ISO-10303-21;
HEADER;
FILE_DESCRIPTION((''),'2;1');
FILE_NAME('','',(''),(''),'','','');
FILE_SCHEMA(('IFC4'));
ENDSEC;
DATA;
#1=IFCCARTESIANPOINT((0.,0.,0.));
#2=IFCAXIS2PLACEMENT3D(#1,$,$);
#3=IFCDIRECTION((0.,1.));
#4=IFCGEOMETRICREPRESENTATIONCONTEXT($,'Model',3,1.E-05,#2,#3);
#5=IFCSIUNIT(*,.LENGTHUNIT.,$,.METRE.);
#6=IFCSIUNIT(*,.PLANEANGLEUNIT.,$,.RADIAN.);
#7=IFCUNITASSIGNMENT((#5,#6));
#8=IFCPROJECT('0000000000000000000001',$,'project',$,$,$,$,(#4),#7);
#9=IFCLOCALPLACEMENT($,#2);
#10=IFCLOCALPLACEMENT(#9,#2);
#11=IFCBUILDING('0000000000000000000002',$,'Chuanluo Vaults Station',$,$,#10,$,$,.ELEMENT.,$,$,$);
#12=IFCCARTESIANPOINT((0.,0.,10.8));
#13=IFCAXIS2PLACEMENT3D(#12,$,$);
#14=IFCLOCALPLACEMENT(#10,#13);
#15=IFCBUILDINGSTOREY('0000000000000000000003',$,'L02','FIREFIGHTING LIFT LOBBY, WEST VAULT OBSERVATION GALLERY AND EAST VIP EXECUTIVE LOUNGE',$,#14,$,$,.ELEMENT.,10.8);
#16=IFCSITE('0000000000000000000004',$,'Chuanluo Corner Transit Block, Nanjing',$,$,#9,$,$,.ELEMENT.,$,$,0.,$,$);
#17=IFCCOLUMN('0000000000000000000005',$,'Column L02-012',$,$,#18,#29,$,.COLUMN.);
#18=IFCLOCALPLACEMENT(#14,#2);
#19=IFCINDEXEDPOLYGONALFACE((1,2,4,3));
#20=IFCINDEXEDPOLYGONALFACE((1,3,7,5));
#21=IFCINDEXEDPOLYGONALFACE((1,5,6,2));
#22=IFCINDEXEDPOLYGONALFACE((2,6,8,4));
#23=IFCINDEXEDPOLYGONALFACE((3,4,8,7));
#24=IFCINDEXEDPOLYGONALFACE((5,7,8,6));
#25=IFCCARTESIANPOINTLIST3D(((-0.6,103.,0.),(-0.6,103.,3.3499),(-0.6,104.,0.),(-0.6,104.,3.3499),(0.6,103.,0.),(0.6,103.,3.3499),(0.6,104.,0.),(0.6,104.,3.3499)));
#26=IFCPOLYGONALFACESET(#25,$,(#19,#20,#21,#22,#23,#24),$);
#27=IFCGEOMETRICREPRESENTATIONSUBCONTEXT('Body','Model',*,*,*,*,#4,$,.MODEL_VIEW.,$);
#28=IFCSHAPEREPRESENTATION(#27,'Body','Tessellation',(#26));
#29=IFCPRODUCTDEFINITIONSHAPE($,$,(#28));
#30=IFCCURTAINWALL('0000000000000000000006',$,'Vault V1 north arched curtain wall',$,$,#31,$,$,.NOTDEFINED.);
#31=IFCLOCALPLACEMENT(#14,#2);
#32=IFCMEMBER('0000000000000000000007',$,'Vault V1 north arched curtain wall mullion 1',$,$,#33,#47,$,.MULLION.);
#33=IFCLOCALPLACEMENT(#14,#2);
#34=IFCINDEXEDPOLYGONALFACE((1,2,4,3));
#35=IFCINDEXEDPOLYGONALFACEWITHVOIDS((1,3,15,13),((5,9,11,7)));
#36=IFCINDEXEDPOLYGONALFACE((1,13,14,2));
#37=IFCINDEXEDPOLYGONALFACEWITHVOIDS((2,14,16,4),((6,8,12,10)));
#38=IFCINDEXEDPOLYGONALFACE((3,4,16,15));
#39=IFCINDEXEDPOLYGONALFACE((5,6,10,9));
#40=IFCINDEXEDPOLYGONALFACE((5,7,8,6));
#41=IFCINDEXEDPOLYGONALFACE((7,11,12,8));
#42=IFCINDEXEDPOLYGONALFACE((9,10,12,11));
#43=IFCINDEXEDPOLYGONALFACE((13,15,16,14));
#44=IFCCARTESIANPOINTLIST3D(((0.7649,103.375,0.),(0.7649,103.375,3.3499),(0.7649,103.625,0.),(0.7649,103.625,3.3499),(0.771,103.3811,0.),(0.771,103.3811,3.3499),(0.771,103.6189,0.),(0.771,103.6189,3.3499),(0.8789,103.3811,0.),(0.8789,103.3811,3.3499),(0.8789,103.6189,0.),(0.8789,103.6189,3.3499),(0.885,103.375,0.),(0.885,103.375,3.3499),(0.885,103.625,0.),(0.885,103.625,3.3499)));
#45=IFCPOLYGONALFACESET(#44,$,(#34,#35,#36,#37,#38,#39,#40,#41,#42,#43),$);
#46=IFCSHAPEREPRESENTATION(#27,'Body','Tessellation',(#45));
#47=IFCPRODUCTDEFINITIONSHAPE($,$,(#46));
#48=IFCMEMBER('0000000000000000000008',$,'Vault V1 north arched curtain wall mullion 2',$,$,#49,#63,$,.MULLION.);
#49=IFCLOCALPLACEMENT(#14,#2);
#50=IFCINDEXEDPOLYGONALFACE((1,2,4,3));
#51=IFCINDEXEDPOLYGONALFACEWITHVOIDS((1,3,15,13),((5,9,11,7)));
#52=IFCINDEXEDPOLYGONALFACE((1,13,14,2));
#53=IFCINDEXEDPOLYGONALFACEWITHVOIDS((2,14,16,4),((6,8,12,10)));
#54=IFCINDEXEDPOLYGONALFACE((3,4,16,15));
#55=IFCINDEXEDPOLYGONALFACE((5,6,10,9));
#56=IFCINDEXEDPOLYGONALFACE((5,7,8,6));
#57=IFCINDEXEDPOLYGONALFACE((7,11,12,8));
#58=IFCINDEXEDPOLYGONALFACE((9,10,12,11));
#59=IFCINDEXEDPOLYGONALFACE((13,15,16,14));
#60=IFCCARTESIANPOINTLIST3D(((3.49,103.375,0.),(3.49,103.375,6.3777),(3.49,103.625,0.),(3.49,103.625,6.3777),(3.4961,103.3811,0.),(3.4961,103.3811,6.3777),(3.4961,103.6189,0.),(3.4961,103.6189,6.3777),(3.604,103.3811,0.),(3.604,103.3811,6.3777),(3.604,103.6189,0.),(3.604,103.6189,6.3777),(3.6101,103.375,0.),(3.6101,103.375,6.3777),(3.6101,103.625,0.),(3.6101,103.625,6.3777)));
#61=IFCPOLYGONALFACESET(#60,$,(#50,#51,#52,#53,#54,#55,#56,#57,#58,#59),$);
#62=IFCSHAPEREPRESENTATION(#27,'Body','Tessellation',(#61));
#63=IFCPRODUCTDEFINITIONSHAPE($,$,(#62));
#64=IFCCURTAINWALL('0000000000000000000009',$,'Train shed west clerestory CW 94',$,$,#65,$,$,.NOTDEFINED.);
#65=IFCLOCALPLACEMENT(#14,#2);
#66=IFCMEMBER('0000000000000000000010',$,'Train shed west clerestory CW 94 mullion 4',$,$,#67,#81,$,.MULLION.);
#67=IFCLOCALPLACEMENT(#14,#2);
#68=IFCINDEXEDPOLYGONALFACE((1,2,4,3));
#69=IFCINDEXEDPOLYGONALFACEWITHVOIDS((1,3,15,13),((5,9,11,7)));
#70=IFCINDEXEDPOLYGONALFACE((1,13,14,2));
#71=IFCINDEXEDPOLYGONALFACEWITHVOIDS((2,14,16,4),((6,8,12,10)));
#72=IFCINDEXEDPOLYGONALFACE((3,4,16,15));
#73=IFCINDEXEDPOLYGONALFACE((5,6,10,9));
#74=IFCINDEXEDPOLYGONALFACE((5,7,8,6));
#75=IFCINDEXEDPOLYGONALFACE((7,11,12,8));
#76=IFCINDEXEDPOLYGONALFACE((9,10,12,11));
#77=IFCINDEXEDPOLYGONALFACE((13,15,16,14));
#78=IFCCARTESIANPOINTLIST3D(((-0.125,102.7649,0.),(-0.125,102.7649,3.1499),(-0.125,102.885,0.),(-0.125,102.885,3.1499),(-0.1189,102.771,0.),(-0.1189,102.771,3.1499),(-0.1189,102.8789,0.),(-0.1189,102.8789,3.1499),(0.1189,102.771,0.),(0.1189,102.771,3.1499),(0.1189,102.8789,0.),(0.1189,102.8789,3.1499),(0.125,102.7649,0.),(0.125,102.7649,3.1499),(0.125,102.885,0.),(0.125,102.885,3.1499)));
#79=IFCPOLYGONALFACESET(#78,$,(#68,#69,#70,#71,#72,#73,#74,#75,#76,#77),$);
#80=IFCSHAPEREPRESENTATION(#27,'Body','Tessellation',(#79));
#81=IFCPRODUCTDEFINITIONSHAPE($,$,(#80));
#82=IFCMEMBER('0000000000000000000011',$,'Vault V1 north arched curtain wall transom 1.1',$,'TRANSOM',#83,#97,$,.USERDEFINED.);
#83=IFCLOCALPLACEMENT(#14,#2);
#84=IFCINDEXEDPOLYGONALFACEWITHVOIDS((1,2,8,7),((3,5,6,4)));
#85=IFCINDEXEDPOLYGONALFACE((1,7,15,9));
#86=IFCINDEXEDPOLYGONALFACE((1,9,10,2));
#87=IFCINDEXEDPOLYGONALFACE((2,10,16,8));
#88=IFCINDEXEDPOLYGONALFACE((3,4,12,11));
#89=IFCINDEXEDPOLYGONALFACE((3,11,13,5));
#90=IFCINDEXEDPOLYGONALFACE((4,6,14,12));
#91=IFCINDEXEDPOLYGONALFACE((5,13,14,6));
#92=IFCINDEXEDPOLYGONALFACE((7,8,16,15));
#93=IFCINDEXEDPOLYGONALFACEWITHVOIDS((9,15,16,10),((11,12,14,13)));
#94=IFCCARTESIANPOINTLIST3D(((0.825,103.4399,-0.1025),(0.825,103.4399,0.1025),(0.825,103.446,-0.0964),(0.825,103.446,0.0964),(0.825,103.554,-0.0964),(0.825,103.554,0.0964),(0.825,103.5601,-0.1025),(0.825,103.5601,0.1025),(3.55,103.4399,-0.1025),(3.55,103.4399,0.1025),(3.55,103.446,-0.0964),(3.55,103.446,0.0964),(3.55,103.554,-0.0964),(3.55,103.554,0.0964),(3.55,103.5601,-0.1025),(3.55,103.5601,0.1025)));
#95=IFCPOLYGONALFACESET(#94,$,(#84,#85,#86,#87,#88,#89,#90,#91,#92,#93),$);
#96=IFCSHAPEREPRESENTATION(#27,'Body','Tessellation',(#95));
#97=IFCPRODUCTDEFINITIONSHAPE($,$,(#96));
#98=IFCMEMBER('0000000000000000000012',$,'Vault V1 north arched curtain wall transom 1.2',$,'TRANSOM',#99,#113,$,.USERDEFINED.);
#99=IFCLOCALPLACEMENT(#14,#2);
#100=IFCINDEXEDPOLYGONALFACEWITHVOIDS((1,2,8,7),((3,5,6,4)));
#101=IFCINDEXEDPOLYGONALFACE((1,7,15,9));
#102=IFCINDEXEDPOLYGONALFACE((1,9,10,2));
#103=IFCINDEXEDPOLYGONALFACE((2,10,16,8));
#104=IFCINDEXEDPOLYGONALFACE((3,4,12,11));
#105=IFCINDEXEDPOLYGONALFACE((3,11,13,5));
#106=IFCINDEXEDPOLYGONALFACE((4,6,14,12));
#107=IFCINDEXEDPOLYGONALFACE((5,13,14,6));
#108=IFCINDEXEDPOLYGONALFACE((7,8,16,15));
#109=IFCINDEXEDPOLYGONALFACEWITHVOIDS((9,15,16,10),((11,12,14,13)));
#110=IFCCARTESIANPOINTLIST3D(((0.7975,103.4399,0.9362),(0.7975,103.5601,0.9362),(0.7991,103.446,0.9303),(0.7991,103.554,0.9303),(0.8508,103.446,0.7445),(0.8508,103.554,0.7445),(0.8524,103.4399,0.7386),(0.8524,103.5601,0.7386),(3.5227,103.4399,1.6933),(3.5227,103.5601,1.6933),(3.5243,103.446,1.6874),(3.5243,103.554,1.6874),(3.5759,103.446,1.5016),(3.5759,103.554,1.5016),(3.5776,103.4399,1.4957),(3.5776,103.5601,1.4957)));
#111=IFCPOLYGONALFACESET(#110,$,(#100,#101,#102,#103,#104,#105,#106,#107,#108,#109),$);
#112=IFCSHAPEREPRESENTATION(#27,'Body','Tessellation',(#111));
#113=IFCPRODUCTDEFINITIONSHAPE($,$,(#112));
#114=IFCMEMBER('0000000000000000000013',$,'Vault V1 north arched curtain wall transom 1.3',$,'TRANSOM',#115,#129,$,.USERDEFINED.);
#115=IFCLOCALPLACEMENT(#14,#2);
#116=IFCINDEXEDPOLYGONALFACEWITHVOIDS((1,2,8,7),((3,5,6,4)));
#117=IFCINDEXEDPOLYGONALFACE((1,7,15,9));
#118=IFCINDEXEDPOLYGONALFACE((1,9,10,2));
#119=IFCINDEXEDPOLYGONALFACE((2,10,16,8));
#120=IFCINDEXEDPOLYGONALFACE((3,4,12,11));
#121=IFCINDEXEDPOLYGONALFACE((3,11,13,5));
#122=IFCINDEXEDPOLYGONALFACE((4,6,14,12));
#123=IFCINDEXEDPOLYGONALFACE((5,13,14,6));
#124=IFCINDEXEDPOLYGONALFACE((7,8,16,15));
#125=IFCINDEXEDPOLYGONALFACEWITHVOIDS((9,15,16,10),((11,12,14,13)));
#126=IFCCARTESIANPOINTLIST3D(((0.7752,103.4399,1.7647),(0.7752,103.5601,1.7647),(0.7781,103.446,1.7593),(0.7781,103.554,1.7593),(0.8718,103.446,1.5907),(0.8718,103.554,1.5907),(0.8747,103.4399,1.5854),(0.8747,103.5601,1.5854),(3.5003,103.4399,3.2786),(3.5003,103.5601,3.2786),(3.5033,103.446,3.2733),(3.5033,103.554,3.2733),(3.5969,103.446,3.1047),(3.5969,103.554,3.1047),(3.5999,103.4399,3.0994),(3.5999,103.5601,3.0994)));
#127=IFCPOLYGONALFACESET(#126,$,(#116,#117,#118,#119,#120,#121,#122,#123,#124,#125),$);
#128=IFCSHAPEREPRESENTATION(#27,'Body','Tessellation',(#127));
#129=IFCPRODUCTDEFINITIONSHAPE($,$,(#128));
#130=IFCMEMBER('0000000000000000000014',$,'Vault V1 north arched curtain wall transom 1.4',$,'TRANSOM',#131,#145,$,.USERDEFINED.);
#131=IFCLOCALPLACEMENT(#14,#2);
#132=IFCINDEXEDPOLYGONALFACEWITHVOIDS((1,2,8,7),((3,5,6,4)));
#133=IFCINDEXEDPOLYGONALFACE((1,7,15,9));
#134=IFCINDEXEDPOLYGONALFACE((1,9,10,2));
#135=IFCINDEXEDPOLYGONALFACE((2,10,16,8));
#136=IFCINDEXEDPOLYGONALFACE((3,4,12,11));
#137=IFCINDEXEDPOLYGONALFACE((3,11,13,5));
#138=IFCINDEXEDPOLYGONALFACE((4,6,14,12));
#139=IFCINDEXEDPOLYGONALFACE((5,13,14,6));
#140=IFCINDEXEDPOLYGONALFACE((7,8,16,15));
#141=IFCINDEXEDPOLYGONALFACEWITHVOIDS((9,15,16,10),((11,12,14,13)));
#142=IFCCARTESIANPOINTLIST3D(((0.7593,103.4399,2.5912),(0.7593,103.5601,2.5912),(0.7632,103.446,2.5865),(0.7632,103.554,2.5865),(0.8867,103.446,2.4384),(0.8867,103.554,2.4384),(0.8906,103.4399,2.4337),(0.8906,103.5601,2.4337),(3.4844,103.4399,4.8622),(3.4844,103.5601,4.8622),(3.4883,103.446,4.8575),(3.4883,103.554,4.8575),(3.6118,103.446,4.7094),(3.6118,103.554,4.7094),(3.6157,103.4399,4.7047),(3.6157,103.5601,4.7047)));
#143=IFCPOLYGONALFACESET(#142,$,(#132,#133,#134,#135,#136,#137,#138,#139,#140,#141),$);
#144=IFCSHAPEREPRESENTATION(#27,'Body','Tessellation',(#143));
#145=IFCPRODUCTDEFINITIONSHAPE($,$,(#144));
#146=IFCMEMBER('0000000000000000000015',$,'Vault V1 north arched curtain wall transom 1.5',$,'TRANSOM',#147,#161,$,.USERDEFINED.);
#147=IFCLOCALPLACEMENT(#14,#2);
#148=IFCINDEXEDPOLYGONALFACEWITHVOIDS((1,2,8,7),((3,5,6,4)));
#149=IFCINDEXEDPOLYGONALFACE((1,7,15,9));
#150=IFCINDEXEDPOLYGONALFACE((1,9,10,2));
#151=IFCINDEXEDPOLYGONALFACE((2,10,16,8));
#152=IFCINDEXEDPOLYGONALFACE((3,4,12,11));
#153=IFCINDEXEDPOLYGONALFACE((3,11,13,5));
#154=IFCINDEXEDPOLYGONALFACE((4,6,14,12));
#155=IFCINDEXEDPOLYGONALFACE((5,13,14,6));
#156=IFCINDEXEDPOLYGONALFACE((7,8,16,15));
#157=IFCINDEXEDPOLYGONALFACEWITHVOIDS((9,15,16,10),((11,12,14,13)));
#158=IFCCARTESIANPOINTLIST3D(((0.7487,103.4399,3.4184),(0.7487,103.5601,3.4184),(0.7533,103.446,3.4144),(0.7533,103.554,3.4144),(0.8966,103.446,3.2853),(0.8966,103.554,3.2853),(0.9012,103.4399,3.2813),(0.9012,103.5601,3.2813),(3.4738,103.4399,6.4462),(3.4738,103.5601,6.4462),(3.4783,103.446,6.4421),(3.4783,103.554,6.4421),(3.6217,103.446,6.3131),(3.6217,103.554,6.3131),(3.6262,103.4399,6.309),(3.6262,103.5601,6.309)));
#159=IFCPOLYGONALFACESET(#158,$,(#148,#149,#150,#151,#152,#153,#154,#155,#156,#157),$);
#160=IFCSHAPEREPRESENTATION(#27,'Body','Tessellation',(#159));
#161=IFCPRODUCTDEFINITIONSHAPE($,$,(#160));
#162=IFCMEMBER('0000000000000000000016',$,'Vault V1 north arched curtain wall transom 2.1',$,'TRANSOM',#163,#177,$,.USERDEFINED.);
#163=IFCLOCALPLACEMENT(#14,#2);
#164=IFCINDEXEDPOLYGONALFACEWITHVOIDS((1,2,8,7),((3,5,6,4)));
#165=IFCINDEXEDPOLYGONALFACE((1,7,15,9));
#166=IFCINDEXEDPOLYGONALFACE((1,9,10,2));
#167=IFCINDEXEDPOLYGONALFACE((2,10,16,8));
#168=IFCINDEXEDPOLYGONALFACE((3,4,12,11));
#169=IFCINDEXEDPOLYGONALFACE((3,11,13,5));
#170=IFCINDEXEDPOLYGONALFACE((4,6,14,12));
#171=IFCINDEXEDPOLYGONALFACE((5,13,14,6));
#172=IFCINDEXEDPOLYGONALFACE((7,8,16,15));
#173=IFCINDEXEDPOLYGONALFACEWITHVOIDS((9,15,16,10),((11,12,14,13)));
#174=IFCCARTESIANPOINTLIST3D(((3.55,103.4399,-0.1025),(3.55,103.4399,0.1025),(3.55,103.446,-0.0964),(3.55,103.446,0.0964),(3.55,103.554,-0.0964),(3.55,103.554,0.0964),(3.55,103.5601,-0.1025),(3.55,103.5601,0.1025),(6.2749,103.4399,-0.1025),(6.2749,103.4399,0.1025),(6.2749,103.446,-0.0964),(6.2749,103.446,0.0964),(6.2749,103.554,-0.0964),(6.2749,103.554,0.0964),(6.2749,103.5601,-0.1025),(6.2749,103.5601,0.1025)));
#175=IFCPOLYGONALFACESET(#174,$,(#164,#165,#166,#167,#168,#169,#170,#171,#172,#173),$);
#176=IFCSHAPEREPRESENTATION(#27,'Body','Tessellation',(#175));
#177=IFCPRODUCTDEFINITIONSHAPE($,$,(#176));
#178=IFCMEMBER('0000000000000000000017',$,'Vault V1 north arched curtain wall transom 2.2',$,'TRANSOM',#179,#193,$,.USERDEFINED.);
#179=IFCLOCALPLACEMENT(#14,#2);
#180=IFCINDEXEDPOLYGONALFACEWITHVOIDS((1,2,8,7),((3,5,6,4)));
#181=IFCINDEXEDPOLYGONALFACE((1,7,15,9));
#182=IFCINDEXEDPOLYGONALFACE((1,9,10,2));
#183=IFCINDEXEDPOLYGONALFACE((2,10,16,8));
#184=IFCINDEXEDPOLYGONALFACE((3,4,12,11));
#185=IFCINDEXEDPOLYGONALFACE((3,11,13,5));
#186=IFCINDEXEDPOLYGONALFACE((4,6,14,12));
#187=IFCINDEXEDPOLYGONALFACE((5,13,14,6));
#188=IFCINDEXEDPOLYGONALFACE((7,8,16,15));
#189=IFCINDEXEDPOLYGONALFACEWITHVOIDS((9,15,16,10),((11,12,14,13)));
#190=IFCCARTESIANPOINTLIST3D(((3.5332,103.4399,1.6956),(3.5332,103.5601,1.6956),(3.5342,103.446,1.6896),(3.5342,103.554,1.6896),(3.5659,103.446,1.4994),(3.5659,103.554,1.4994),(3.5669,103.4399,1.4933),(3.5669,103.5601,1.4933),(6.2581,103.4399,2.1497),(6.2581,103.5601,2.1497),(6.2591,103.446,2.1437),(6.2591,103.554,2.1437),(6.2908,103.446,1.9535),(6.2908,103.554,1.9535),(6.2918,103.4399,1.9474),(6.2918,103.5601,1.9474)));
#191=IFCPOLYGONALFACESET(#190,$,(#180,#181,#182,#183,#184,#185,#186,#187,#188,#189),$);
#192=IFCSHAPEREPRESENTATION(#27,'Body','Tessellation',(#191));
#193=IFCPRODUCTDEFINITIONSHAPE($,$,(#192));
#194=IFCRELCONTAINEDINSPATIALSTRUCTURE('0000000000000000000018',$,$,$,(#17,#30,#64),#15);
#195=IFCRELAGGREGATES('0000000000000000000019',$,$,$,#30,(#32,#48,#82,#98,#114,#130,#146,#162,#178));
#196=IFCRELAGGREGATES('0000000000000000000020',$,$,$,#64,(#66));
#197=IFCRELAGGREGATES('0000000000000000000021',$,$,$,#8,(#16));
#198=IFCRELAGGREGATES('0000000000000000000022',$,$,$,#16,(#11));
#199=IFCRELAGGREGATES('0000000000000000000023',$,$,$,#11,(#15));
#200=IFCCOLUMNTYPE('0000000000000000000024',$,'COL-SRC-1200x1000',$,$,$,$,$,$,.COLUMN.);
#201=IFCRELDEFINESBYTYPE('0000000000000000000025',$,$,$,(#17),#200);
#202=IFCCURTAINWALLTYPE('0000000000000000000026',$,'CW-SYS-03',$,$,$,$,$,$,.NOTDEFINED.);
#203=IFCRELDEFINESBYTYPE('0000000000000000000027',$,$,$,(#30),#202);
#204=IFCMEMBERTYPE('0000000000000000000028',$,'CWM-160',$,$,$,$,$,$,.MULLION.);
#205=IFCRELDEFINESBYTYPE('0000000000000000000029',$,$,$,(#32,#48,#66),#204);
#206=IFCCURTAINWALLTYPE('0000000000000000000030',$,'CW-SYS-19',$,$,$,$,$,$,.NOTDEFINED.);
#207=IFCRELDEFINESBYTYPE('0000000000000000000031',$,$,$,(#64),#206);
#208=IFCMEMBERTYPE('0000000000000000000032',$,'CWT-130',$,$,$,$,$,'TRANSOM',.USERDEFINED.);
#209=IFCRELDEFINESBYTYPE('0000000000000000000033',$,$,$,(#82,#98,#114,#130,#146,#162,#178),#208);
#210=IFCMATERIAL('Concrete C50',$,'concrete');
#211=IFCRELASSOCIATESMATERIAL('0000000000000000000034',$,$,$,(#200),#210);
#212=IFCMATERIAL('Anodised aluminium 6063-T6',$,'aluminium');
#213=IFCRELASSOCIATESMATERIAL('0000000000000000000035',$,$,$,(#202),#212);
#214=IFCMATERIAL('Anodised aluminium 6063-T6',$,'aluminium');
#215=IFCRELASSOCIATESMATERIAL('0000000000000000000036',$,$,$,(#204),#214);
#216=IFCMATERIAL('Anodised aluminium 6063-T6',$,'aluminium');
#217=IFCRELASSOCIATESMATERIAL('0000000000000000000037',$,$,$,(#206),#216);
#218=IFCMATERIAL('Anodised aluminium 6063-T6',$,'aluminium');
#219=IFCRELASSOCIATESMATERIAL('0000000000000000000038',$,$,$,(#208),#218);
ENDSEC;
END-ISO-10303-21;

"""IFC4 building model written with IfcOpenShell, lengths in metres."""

from ifc_helpers import new_model, si_unit, direction, frame, origin, origin_2d, place, context, subcontext, project, spatial, rectangle, hollow_rectangle, extrude, material, material_profile, profile_set, type_object, element, aggregate, save


model = new_model("IFC4")

# Units and contexts
model_context = context("Model", 3, precision=1e-05, world=origin(), true_north=direction((0.0, 1.0)))
body_context = subcontext(model_context, "Body", "Model", "MODEL_VIEW")
ifc_project = project(units=[si_unit("LENGTHUNIT", "METRE"), si_unit("PLANEANGLEUNIT", "RADIAN")], contexts=[model_context])

# Site, building, storey
site_placement = place(None, origin())
site = spatial("IfcSite", under=ifc_project, at=site_placement, Name="Chuanluo Corner Transit Block, Nanjing", CompositionType="ELEMENT", RefElevation=0.0)
building_placement = place(site_placement, origin())
building = spatial("IfcBuilding", under=site, at=building_placement, Name="Chuanluo Vaults Station", CompositionType="ELEMENT")
storey_placement = place(building_placement, frame((0.0, 0.0, 10.8)))
storey = spatial("IfcBuildingStorey", under=building, at=storey_placement, Name="L02", Description="FIREFIGHTING LIFT LOBBY, WEST VAULT OBSERVATION GALLERY AND EAST VIP EXECUTIVE LOUNGE", CompositionType="ELEMENT", Elevation=10.8)

# Column
ifc_material_1 = material(Name="Concrete C50", Category="concrete")
ifc_material_profile_1 = material_profile(ifc_material_1, rectangle(XDim=1.2, YDim=1.0, at=origin_2d()))
ifc_profile_set_1 = profile_set([ifc_material_profile_1], Name="Concrete C50")
column_type = type_object("IfcColumnType", Name="COL-SRC-1200x1000", PredefinedType="COLUMN", material=ifc_profile_set_1)
column_placement = place(storey_placement, frame((0.0, 103.5, 0.0), z_axis=(0.0, 0.0, 1.0), x_axis=(1.0, 0.0, 0.0)))
element("IfcColumn", 1, at=column_placement, inside=storey, type_object=column_type, Name="Column L02-012", PredefinedType="COLUMN", context=body_context, shape_type="SweptSolid", body=[
    extrude(rectangle(XDim=1.2, YDim=1.0, at=origin_2d()), origin(), (0.0, 0.0, 1.0), 3.3499),
])

# Curtain wall, members
ifc_material_2 = material(Name="Anodised aluminium 6063-T6", Category="aluminium")
curtain_wall_type_1 = type_object("IfcCurtainWallType", Name="CW-SYS-03", PredefinedType="NOTDEFINED", material=ifc_material_2)
curtain_wall_1_placement = place(storey_placement, origin())
curtain_wall_1 = element("IfcCurtainWall", 2, at=curtain_wall_1_placement, inside=storey, type_object=curtain_wall_type_1, Name="Vault V1 north arched curtain wall", PredefinedType="NOTDEFINED")
ifc_material_3 = material(Name="Anodised aluminium 6063-T6", Category="aluminium")
ifc_material_profile_2 = material_profile(ifc_material_3, hollow_rectangle(XDim=0.1201, YDim=0.25, WallThickness=0.0061, at=origin_2d()))
ifc_profile_set_2 = profile_set([ifc_material_profile_2], Name="Anodised aluminium 6063-T6")
member_type_1 = type_object("IfcMemberType", Name="CWM-160", PredefinedType="MULLION", material=ifc_profile_set_2)
member_1_placement = place(storey_placement, frame((0.825, 103.5, 0.0), z_axis=(0.0, 0.0, 1.0), x_axis=(1.0, 0.0, 0.0)))
member_1 = element("IfcMember", 3, at=member_1_placement, type_object=member_type_1, Name="Vault V1 north arched curtain wall mullion 1", PredefinedType="MULLION", context=body_context, shape_type="SweptSolid", body=[
    extrude(hollow_rectangle(XDim=0.1201, YDim=0.25, WallThickness=0.0061, at=origin_2d()), origin(), (0.0, 0.0, 1.0), 3.3499),
])
member_2_placement = place(storey_placement, frame((3.55, 103.5, 0.0), z_axis=(0.0, 0.0, 1.0), x_axis=(1.0, 0.0, 0.0)))
member_2 = element("IfcMember", 4, at=member_2_placement, type_object=member_type_1, Name="Vault V1 north arched curtain wall mullion 2", PredefinedType="MULLION", context=body_context, shape_type="SweptSolid", body=[
    extrude(hollow_rectangle(XDim=0.1201, YDim=0.25, WallThickness=0.0061, at=origin_2d()), origin(), (0.0, 0.0, 1.0), 6.3777),
])

# Curtain wall, member
ifc_material_4 = material(Name="Anodised aluminium 6063-T6", Category="aluminium")
curtain_wall_type_2 = type_object("IfcCurtainWallType", Name="CW-SYS-19", PredefinedType="NOTDEFINED", material=ifc_material_4)
curtain_wall_2_placement = place(storey_placement, origin())
curtain_wall_2 = element("IfcCurtainWall", 5, at=curtain_wall_2_placement, inside=storey, type_object=curtain_wall_type_2, Name="Train shed west clerestory CW 94", PredefinedType="NOTDEFINED")
member_3_placement = place(storey_placement, frame((0.0, 102.825, 0.0), z_axis=(0.0, 0.0, 1.0), x_axis=(0.0, 1.0, 0.0)))
member_3 = element("IfcMember", 6, at=member_3_placement, type_object=member_type_1, Name="Train shed west clerestory CW 94 mullion 4", PredefinedType="MULLION", context=body_context, shape_type="SweptSolid", body=[
    extrude(hollow_rectangle(XDim=0.1201, YDim=0.25, WallThickness=0.0061, at=origin_2d()), origin(), (0.0, 0.0, 1.0), 3.1499),
])

# Members
ifc_material_5 = material(Name="Anodised aluminium 6063-T6", Category="aluminium")
ifc_material_profile_3 = material_profile(ifc_material_5, hollow_rectangle(XDim=0.1201, YDim=0.2051, WallThickness=0.0061, at=origin_2d()))
ifc_profile_set_3 = profile_set([ifc_material_profile_3], Name="Anodised aluminium 6063-T6")
member_type_2 = type_object("IfcMemberType", Name="CWT-130", ElementType="TRANSOM", PredefinedType="USERDEFINED", material=ifc_profile_set_3)
member_4_placement = place(storey_placement, frame((0.825, 103.5, 0.0), z_axis=(1.0, 0.0, 0.0), x_axis=(0.0, 1.0, 0.0)))
member_4 = element("IfcMember", 7, at=member_4_placement, type_object=member_type_2, Name="Vault V1 north arched curtain wall transom 1.1", ObjectType="TRANSOM", PredefinedType="USERDEFINED", context=body_context, shape_type="SweptSolid", body=[
    extrude(hollow_rectangle(XDim=0.1201, YDim=0.2051, WallThickness=0.0061, at=origin_2d()), origin(), (0.0, 0.0, 1.0), 2.7251),
])
member_5_placement = place(storey_placement, frame((0.825, 103.5, 0.8374), z_axis=(0.963508, 0.0, 0.267679), x_axis=(0.0, 1.0, 0.0)))
member_5 = element("IfcMember", 8, at=member_5_placement, type_object=member_type_2, Name="Vault V1 north arched curtain wall transom 1.2", ObjectType="TRANSOM", PredefinedType="USERDEFINED", context=body_context, shape_type="SweptSolid", body=[
    extrude(hollow_rectangle(XDim=0.1201, YDim=0.2051, WallThickness=0.0061, at=origin_2d()), origin(), (0.0, 0.0, 1.0), 2.8284),
])
member_6_placement = place(storey_placement, frame((0.825, 103.5, 1.675), z_axis=(0.874161, 0.0, 0.485636), x_axis=(0.0, 1.0, 0.0)))
member_6 = element("IfcMember", 9, at=member_6_placement, type_object=member_type_2, Name="Vault V1 north arched curtain wall transom 1.3", ObjectType="TRANSOM", PredefinedType="USERDEFINED", context=body_context, shape_type="SweptSolid", body=[
    extrude(hollow_rectangle(XDim=0.1201, YDim=0.2051, WallThickness=0.0061, at=origin_2d()), origin(), (0.0, 0.0, 1.0), 3.1174),
])
member_7_placement = place(storey_placement, frame((0.825, 103.5, 2.5125), z_axis=(0.76821, 0.0, 0.640198), x_axis=(0.0, 1.0, 0.0)))
member_7 = element("IfcMember", 10, at=member_7_placement, type_object=member_type_2, Name="Vault V1 north arched curtain wall transom 1.4", ObjectType="TRANSOM", PredefinedType="USERDEFINED", context=body_context, shape_type="SweptSolid", body=[
    extrude(hollow_rectangle(XDim=0.1201, YDim=0.2051, WallThickness=0.0061, at=origin_2d()), origin(), (0.0, 0.0, 1.0), 3.5474),
])
member_8_placement = place(storey_placement, frame((0.825, 103.5, 3.3499), z_axis=(0.668971, 0.0, 0.743288), x_axis=(0.0, 1.0, 0.0)))
member_8 = element("IfcMember", 11, at=member_8_placement, type_object=member_type_2, Name="Vault V1 north arched curtain wall transom 1.5", ObjectType="TRANSOM", PredefinedType="USERDEFINED", context=body_context, shape_type="SweptSolid", body=[
    extrude(hollow_rectangle(XDim=0.1201, YDim=0.2051, WallThickness=0.0061, at=origin_2d()), origin(), (0.0, 0.0, 1.0), 4.0735),
])
member_9_placement = place(storey_placement, frame((3.55, 103.5, 0.0), z_axis=(1.0, 0.0, 0.0), x_axis=(0.0, 1.0, 0.0)))
member_9 = element("IfcMember", 12, at=member_9_placement, type_object=member_type_2, Name="Vault V1 north arched curtain wall transom 2.1", ObjectType="TRANSOM", PredefinedType="USERDEFINED", context=body_context, shape_type="SweptSolid", body=[
    extrude(hollow_rectangle(XDim=0.1201, YDim=0.2051, WallThickness=0.0061, at=origin_2d()), origin(), (0.0, 0.0, 1.0), 2.7249),
])
member_10_placement = place(storey_placement, frame((3.55, 103.5, 1.5945), z_axis=(0.986396, 0.0, 0.164385), x_axis=(0.0, 1.0, 0.0)))
member_10 = element("IfcMember", 13, at=member_10_placement, type_object=member_type_2, Name="Vault V1 north arched curtain wall transom 2.2", ObjectType="TRANSOM", PredefinedType="USERDEFINED", context=body_context, shape_type="SweptSolid", body=[
    extrude(hollow_rectangle(XDim=0.1201, YDim=0.2051, WallThickness=0.0061, at=origin_2d()), origin(), (0.0, 0.0, 1.0), 2.7625),
])

aggregate(curtain_wall_1, [member_1, member_2, member_4, member_5, member_6, member_7, member_8, member_9, member_10])
aggregate(curtain_wall_2, [member_3])

save(model, "model.ifc")
